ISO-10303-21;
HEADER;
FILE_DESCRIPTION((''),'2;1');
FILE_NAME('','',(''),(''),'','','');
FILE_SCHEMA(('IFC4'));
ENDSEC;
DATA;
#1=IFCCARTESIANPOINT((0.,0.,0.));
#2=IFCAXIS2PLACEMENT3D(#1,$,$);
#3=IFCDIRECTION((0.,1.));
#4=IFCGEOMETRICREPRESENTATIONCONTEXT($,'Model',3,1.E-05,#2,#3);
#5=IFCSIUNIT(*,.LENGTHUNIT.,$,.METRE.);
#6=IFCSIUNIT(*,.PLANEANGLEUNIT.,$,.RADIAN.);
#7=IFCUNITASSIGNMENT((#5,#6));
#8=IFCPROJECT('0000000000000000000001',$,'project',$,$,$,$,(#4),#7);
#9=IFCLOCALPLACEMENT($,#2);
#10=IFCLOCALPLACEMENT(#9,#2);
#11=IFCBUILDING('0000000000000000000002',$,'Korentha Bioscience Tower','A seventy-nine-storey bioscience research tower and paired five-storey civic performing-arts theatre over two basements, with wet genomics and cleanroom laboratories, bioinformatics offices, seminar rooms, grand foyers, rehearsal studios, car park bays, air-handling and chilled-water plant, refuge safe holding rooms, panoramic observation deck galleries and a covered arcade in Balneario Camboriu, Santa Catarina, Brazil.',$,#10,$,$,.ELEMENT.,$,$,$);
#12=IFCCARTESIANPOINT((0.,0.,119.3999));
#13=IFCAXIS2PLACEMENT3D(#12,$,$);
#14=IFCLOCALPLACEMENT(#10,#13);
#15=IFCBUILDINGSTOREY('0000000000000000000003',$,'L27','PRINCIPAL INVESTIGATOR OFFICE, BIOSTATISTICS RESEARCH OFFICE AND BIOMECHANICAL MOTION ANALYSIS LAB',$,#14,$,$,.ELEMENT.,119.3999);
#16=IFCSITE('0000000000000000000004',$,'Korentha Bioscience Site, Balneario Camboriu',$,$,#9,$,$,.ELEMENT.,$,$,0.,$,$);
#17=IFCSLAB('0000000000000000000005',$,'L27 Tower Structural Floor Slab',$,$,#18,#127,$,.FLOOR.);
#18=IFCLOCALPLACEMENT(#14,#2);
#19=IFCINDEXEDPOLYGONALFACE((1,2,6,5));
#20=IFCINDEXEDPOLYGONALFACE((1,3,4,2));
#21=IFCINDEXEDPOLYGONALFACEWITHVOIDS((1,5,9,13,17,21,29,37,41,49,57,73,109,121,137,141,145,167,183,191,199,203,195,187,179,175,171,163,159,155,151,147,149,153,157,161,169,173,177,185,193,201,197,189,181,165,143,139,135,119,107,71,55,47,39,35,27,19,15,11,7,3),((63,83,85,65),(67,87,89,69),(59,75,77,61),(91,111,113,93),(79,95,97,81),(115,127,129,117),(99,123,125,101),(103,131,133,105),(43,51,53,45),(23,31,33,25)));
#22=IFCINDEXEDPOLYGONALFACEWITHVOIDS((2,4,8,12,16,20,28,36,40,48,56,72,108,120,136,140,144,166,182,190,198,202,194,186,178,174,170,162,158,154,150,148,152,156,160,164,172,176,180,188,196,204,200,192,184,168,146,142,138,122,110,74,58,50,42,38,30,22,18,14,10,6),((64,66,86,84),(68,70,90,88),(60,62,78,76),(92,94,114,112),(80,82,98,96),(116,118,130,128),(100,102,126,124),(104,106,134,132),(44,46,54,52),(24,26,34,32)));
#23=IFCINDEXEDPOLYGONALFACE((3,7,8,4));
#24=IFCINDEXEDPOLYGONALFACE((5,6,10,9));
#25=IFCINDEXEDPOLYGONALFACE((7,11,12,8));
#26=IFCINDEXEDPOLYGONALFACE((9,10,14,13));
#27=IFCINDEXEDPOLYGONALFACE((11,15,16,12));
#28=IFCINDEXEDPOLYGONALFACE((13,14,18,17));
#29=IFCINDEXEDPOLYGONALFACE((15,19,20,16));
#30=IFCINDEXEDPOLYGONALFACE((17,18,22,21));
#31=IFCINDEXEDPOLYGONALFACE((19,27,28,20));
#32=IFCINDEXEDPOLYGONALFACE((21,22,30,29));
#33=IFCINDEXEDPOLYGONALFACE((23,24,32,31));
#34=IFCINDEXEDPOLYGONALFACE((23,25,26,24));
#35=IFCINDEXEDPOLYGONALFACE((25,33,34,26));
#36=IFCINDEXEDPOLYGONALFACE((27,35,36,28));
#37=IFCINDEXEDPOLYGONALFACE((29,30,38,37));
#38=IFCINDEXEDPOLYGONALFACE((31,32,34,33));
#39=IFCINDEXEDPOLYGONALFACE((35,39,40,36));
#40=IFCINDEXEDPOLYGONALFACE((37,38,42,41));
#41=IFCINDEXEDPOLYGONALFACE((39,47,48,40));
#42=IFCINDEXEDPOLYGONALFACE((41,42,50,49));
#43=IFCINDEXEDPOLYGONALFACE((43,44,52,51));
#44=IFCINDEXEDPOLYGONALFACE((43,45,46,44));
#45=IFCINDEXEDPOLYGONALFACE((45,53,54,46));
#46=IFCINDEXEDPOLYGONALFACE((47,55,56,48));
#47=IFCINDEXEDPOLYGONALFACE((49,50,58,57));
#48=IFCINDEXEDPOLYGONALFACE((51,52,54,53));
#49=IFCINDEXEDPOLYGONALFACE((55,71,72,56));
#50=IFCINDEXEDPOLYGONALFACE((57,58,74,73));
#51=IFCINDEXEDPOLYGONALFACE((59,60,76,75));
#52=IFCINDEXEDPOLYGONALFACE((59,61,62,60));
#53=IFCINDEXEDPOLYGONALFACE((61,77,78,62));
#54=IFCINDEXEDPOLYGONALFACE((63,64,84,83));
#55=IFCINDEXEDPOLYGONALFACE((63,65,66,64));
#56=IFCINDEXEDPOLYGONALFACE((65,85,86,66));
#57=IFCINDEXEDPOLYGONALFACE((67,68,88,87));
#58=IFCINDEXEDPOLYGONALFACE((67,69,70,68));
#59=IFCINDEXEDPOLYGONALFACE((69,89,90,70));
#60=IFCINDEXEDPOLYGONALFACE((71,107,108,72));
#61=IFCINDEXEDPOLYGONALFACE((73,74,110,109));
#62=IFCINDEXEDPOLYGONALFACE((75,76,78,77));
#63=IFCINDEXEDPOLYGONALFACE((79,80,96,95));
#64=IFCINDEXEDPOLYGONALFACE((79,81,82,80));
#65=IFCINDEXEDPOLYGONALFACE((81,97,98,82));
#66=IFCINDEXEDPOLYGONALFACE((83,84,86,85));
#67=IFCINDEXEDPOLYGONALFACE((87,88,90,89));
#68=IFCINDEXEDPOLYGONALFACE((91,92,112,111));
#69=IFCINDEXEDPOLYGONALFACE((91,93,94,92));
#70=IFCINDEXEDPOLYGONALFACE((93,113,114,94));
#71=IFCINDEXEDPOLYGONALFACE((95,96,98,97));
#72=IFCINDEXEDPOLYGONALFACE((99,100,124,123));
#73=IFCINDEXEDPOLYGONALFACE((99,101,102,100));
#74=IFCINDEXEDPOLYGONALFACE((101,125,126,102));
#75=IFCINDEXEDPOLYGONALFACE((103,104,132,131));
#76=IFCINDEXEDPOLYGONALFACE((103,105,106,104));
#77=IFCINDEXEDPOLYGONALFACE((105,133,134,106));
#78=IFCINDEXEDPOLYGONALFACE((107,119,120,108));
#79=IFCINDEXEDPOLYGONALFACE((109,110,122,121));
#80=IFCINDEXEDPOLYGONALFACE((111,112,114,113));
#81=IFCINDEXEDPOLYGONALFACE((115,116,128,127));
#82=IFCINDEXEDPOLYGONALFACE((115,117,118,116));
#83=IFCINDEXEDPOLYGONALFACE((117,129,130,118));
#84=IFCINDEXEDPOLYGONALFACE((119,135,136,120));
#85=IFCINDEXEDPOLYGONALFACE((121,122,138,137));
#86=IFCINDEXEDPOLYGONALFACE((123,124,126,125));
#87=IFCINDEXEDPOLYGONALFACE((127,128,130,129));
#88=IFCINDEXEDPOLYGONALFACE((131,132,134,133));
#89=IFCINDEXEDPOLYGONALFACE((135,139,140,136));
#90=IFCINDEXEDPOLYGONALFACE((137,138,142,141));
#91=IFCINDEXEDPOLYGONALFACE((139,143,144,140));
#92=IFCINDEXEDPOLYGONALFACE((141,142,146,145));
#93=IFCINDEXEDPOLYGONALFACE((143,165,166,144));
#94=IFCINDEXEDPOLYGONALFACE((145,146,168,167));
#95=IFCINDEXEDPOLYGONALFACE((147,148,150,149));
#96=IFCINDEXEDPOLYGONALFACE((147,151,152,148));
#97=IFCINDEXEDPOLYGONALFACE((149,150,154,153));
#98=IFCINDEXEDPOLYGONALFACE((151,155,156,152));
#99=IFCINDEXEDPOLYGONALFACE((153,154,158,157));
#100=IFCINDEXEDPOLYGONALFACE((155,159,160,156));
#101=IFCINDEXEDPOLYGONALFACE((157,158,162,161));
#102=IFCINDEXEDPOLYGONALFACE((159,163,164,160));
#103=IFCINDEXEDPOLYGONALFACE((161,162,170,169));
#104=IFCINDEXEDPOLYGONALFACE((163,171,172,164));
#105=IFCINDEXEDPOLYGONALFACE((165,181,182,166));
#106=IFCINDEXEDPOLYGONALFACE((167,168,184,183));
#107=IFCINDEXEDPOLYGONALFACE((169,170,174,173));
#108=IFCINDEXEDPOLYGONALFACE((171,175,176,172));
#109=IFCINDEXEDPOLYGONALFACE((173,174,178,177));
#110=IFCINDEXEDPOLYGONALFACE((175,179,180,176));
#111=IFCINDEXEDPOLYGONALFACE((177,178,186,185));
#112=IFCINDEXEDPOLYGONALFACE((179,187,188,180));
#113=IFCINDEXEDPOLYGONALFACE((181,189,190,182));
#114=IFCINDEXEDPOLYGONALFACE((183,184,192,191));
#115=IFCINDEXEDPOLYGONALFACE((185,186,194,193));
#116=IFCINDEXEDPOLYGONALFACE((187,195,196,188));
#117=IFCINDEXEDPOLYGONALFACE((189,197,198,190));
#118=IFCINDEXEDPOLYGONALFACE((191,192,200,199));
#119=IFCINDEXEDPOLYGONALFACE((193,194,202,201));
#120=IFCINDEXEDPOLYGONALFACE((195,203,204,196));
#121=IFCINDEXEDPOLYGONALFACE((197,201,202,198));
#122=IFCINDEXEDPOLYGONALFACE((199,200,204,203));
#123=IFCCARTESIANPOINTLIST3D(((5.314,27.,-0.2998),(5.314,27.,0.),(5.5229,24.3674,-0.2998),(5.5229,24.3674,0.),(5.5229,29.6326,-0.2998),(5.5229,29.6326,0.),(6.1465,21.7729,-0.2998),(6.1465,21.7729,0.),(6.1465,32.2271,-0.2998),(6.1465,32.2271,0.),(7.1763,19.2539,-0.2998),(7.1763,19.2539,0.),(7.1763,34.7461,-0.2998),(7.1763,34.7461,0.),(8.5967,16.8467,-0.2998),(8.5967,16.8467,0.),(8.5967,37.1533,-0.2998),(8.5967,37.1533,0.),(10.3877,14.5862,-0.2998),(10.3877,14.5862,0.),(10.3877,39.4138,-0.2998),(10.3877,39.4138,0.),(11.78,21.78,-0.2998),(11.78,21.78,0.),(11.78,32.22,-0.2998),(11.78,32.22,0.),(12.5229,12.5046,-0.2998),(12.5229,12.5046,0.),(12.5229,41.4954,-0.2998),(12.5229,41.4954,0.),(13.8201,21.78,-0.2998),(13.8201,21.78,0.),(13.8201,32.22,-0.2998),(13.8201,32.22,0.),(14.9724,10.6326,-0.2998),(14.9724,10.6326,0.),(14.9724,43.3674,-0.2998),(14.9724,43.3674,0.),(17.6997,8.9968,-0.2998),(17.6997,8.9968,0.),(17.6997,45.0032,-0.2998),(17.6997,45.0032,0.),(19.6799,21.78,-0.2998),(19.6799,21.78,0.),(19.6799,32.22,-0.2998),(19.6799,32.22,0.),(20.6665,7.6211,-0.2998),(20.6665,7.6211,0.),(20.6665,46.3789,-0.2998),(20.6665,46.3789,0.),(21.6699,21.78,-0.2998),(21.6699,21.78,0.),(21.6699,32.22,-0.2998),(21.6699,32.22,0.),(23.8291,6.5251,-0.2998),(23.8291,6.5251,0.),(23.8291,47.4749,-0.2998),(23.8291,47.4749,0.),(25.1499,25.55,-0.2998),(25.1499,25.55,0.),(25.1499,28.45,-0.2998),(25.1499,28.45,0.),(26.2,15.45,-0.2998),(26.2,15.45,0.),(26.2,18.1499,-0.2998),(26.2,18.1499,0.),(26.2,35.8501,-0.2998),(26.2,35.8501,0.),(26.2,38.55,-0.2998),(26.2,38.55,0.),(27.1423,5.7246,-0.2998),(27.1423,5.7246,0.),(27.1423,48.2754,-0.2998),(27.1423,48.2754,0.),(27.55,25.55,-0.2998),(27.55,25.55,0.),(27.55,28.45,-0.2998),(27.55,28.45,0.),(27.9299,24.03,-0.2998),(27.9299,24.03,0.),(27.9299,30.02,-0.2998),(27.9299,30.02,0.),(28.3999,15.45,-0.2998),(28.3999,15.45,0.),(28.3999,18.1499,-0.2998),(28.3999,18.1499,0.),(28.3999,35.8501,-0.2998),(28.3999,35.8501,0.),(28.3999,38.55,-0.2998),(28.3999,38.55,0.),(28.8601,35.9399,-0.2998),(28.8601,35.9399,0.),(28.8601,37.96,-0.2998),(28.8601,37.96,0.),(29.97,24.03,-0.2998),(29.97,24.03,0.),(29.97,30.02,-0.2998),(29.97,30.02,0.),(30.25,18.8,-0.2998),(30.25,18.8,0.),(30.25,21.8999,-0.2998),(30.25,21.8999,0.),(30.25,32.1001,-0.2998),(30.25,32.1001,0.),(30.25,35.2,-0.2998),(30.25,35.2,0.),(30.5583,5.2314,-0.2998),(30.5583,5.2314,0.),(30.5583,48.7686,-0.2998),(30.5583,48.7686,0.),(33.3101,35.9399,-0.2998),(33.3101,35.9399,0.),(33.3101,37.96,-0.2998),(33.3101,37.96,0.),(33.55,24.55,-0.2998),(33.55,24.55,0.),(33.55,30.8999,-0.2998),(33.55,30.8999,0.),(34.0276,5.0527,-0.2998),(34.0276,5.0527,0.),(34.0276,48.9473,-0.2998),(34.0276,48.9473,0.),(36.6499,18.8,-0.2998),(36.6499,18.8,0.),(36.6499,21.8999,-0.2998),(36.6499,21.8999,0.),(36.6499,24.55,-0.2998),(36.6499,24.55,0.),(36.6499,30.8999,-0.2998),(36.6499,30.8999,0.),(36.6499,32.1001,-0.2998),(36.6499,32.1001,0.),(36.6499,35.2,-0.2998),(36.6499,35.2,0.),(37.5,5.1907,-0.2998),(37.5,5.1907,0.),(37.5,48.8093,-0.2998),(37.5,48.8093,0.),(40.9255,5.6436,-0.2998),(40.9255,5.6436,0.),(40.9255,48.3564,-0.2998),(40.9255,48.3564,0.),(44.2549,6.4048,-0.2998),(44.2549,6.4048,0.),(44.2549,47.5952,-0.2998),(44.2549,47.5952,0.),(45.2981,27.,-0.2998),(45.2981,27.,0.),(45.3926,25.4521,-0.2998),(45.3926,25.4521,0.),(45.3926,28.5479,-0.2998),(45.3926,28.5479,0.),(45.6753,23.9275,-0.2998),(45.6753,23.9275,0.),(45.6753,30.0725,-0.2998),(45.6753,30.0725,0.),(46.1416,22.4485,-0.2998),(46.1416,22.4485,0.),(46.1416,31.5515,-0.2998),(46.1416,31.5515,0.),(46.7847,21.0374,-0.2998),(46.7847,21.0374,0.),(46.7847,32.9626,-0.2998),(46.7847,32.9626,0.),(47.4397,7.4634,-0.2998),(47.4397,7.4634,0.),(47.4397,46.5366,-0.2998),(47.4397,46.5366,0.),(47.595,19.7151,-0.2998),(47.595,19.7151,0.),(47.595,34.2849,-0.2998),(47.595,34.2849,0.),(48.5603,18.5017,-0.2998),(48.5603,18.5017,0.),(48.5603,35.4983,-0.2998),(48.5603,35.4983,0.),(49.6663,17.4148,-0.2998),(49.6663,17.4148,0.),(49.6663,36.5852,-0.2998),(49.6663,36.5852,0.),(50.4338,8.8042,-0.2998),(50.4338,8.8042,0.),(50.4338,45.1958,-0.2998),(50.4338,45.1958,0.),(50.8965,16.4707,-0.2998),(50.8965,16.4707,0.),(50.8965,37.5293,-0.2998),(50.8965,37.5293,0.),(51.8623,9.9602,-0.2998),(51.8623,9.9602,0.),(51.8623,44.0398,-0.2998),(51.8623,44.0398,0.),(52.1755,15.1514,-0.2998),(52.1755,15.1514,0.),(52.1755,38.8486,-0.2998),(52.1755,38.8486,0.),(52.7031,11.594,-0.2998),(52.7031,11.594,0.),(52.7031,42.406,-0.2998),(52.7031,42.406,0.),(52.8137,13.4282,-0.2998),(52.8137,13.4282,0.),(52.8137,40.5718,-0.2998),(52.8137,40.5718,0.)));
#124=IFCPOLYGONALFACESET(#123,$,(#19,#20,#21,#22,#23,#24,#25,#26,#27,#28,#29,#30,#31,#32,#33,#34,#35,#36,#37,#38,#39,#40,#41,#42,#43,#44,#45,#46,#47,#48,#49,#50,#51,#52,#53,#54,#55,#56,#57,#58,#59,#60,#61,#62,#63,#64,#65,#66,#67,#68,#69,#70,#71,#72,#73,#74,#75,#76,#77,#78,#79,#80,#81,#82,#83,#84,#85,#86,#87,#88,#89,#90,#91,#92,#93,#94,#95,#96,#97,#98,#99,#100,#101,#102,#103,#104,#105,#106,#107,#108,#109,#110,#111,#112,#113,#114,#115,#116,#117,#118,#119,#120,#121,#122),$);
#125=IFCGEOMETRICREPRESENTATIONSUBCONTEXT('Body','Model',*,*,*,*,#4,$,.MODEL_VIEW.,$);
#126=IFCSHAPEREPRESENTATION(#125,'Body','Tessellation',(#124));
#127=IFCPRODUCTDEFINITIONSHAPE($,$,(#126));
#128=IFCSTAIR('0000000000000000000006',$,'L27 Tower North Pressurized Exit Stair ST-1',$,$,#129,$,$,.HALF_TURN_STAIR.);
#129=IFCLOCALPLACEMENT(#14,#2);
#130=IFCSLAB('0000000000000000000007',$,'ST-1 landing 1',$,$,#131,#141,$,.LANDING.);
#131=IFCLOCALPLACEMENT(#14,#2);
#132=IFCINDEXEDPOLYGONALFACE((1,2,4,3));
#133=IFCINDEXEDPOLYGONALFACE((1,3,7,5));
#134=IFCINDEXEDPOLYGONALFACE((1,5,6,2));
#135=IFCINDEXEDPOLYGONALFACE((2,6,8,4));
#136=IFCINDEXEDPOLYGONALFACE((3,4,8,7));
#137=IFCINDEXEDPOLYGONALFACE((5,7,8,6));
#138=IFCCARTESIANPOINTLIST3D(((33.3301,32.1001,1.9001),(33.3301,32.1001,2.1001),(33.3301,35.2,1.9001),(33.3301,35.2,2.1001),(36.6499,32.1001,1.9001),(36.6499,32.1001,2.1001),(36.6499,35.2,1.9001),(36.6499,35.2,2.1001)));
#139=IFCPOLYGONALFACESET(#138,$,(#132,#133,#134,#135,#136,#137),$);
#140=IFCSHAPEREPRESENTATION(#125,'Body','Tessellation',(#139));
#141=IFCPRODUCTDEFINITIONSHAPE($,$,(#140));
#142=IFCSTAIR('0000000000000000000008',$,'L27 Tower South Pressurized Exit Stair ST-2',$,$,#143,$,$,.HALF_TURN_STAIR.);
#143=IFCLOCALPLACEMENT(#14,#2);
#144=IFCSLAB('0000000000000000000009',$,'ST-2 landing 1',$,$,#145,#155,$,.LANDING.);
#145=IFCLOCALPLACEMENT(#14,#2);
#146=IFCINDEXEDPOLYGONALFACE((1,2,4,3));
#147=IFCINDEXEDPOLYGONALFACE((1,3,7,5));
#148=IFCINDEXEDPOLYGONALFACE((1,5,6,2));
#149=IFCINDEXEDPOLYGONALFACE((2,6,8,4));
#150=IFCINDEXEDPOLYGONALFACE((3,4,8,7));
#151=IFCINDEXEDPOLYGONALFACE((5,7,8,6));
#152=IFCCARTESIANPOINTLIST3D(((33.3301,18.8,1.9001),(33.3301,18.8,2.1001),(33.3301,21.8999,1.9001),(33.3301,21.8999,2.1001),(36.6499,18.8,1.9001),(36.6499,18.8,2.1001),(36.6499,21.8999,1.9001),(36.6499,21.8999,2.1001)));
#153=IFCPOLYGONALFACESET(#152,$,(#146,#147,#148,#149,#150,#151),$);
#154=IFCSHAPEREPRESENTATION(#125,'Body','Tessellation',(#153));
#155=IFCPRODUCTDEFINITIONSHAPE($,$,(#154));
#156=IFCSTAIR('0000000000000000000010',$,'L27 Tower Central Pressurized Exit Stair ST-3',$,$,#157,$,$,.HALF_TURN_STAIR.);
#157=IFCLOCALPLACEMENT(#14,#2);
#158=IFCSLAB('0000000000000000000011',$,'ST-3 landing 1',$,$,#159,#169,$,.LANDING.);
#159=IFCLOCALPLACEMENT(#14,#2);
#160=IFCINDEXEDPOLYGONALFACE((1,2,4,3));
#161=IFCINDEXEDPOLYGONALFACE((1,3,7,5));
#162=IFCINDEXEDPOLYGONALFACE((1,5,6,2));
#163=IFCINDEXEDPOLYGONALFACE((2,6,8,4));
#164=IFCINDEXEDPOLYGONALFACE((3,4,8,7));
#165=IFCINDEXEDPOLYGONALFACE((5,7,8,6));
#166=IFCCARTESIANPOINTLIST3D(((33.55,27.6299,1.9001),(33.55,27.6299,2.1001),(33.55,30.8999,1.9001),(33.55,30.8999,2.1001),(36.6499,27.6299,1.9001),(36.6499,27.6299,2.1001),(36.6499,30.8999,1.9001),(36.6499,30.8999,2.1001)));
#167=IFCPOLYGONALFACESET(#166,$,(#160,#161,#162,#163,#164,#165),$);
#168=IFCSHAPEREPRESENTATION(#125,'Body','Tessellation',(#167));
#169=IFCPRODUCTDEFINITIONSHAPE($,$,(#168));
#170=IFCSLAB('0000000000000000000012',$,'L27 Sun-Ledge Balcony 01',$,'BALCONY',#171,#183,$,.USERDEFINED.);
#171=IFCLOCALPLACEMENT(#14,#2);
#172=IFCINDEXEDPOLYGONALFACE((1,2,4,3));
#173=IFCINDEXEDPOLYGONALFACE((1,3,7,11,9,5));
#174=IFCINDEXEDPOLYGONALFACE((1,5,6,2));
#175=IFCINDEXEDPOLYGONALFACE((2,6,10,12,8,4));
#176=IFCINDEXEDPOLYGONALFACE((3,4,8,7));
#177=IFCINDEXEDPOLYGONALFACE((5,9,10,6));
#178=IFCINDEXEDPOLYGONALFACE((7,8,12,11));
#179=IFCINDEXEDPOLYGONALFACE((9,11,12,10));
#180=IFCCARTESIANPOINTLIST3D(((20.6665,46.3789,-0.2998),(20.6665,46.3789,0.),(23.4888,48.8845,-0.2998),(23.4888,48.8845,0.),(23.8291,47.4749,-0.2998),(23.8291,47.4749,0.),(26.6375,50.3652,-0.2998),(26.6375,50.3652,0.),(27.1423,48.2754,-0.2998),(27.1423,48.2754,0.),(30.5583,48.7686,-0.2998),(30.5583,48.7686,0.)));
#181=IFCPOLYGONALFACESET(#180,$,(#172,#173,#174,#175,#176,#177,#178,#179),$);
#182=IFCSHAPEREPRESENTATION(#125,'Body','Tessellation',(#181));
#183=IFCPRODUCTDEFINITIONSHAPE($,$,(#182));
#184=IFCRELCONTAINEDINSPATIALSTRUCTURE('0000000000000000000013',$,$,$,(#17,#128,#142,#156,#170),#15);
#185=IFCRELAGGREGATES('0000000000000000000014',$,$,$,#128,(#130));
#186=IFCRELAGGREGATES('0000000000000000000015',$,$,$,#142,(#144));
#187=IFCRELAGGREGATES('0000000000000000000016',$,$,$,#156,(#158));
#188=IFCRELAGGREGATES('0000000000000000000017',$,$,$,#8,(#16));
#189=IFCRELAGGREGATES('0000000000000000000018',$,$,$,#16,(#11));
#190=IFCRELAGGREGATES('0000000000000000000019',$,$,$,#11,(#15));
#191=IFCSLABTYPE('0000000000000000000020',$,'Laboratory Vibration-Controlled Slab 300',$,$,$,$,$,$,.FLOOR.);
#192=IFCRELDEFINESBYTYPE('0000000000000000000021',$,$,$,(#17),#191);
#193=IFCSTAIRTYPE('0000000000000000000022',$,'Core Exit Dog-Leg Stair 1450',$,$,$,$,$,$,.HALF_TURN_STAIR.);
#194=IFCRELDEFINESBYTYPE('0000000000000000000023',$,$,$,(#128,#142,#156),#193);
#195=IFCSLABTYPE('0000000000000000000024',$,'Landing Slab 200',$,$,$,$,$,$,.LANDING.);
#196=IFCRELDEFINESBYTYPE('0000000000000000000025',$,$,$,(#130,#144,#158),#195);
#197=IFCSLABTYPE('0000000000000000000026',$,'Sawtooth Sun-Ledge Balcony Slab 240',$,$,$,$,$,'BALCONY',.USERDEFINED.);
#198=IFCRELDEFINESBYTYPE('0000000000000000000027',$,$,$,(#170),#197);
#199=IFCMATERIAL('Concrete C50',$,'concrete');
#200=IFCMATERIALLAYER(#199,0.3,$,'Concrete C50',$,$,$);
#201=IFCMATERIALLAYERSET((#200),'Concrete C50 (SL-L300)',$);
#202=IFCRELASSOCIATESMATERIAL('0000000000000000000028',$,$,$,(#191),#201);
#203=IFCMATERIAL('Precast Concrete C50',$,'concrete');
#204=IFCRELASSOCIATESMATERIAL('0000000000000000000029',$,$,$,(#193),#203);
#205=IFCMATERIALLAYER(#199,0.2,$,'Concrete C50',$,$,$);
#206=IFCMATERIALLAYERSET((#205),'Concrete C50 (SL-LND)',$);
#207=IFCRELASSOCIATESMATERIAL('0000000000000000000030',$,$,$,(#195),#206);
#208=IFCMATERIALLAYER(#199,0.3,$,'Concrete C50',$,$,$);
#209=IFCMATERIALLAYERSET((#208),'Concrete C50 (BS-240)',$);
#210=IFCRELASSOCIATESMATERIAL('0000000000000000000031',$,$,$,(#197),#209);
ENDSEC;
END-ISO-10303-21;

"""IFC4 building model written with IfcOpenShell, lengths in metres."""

from ifc_helpers import new_model, si_unit, direction, frame, origin, place, context, subcontext, project, spatial, polyline, outline, extrude, material, layer, layer_set, type_object, element, aggregate, save


model = new_model("IFC4")

# Units and contexts
model_context = context("Model", 3, precision=1e-05, world=origin(), true_north=direction((0.0, 1.0)))
body_context = subcontext(model_context, "Body", "Model", "MODEL_VIEW")
ifc_project = project(units=[si_unit("LENGTHUNIT", "METRE"), si_unit("PLANEANGLEUNIT", "RADIAN")], contexts=[model_context])

# Site, building, storey
site_placement = place(None, origin())
site = spatial("IfcSite", under=ifc_project, at=site_placement, Name="Korentha Bioscience Site, Balneario Camboriu", CompositionType="ELEMENT", RefElevation=0.0)
building_placement = place(site_placement, origin())
building = spatial("IfcBuilding", under=site, at=building_placement, Name="Korentha Bioscience Tower", Description="A seventy-nine-storey bioscience research tower and paired five-storey civic performing-arts theatre over two basements, with wet genomics and cleanroom laboratories, bioinformatics offices, seminar rooms, grand foyers, rehearsal studios, car park bays, air-handling and chilled-water plant, refuge safe holding rooms, panoramic observation deck galleries and a covered arcade in Balneario Camboriu, Santa Catarina, Brazil.", CompositionType="ELEMENT")
storey_placement = place(building_placement, frame((0.0, 0.0, 119.3999)))
storey = spatial("IfcBuildingStorey", under=building, at=storey_placement, Name="L27", Description="PRINCIPAL INVESTIGATOR OFFICE, BIOSTATISTICS RESEARCH OFFICE AND BIOMECHANICAL MOTION ANALYSIS LAB", CompositionType="ELEMENT", Elevation=119.3999)

# Slab
ifc_material_1 = material(Name="Concrete C50", Category="concrete")
ifc_layer_1 = layer(ifc_material_1, 0.3, Name="Concrete C50")
ifc_layer_set_1 = layer_set([ifc_layer_1], Name="Concrete C50 (SL-L300)")
slab_type_1 = type_object("IfcSlabType", Name="Laboratory Vibration-Controlled Slab 300", PredefinedType="FLOOR", material=ifc_layer_set_1)
slab_1_placement = place(storey_placement, frame((0.0, 0.0, -0.2998)))
element("IfcSlab", 1, at=slab_1_placement, inside=storey, type_object=slab_type_1, Name="L27 Tower Structural Floor Slab", PredefinedType="FLOOR", context=body_context, shape_type="SweptSolid", body=[
    extrude(outline(polyline([(50.4338, 45.1958), (47.4397, 46.5366), (44.2549, 47.5952), (40.9255, 48.3564), (37.5, 48.8093), (34.0276, 48.9473), (30.5583, 48.7686), (27.1423, 48.2754), (23.8291, 47.4749), (20.6665, 46.3789), (17.6997, 45.0032), (14.9724, 43.3674), (12.5229, 41.4954), (10.3877, 39.4138), (8.5967, 37.1533), (7.1763, 34.7461), (6.1465, 32.2271), (5.5229, 29.6326), (5.314, 27.0), (5.5229, 24.3674), (6.1465, 21.7729), (7.1763, 19.2539), (8.5967, 16.8467), (10.3877, 14.5862), (12.5229, 12.5046), (14.9724, 10.6326), (17.6997, 8.9968), (20.6665, 7.6211), (23.8291, 6.5251), (27.1423, 5.7246), (30.5583, 5.2314), (34.0276, 5.0527), (37.5, 5.1907), (40.9255, 5.6436), (44.2549, 6.4048), (47.4397, 7.4634), (50.4338, 8.8042), (51.8623, 9.9602), (52.7031, 11.594), (52.8137, 13.4282), (52.1755, 15.1514), (50.8965, 16.4707), (49.6663, 17.4148), (48.5603, 18.5017), (47.595, 19.7151), (46.7847, 21.0374), (46.1416, 22.4485), (45.6753, 23.9275), (45.3926, 25.4521), (45.2981, 27.0), (45.3926, 28.5479), (45.6753, 30.0725), (46.1416, 31.5515), (46.7847, 32.9626), (47.595, 34.2849), (48.5603, 35.4983), (49.6663, 36.5852), (50.8965, 37.5293), (52.1755, 38.8486), (52.8137, 40.5718), (52.7031, 42.406), (51.8623, 44.0398), (50.4338, 45.1958)]), holes=[polyline([(30.25, 32.1001), (36.6499, 32.1001), (36.6499, 35.2), (30.25, 35.2), (30.25, 32.1001)]), polyline([(30.25, 18.8), (36.6499, 18.8), (36.6499, 21.8999), (30.25, 21.8999), (30.25, 18.8)]), polyline([(36.6499, 24.55), (36.6499, 30.8999), (33.55, 30.8999), (33.55, 24.55), (36.6499, 24.55)]), polyline([(11.78, 21.78), (13.8201, 21.78), (13.8201, 32.22), (11.78, 32.22), (11.78, 21.78)]), polyline([(19.6799, 21.78), (21.6699, 21.78), (21.6699, 32.22), (19.6799, 32.22), (19.6799, 21.78)]), polyline([(27.9299, 24.03), (29.97, 24.03), (29.97, 30.02), (27.9299, 30.02), (27.9299, 24.03)]), polyline([(28.8601, 35.9399), (33.3101, 35.9399), (33.3101, 37.96), (28.8601, 37.96), (28.8601, 35.9399)]), polyline([(26.2, 15.45), (28.3999, 15.45), (28.3999, 18.1499), (26.2, 18.1499), (26.2, 15.45)]), polyline([(26.2, 35.8501), (28.3999, 35.8501), (28.3999, 38.55), (26.2, 38.55), (26.2, 35.8501)]), polyline([(25.1499, 25.55), (27.55, 25.55), (27.55, 28.45), (25.1499, 28.45), (25.1499, 25.55)])]), origin(), (0.0, 0.0, 1.0), 0.2998),
])

# Stairs, slabs
ifc_material_2 = material(Name="Precast Concrete C50", Category="concrete")
stair_type = type_object("IfcStairType", Name="Core Exit Dog-Leg Stair 1450", PredefinedType="HALF_TURN_STAIR", material=ifc_material_2)
stair_1_placement = place(storey_placement, origin())
stair_1 = element("IfcStair", 2, at=stair_1_placement, inside=storey, type_object=stair_type, Name="L27 Tower North Pressurized Exit Stair ST-1", PredefinedType="HALF_TURN_STAIR")
ifc_layer_2 = layer(ifc_material_1, 0.2, Name="Concrete C50")
ifc_layer_set_2 = layer_set([ifc_layer_2], Name="Concrete C50 (SL-LND)")
slab_type_2 = type_object("IfcSlabType", Name="Landing Slab 200", PredefinedType="LANDING", material=ifc_layer_set_2)
slab_2_placement = place(storey_placement, frame((0.0, 0.0, 1.9001)))
slab_2 = element("IfcSlab", 3, at=slab_2_placement, type_object=slab_type_2, Name="ST-1 landing 1", PredefinedType="LANDING", context=body_context, shape_type="SweptSolid", body=[
    extrude(outline(polyline([(33.3301, 32.1001), (36.6499, 32.1001), (36.6499, 35.2), (33.3301, 35.2), (33.3301, 32.1001)])), origin(), (0.0, 0.0, 1.0), 0.2),
])
aggregate(stair_1, [slab_2])
stair_2_placement = place(storey_placement, origin())
stair_2 = element("IfcStair", 4, at=stair_2_placement, inside=storey, type_object=stair_type, Name="L27 Tower South Pressurized Exit Stair ST-2", PredefinedType="HALF_TURN_STAIR")
slab_3_placement = place(storey_placement, frame((0.0, 0.0, 1.9001)))
slab_3 = element("IfcSlab", 5, at=slab_3_placement, type_object=slab_type_2, Name="ST-2 landing 1", PredefinedType="LANDING", context=body_context, shape_type="SweptSolid", body=[
    extrude(outline(polyline([(33.3301, 18.8), (36.6499, 18.8), (36.6499, 21.8999), (33.3301, 21.8999), (33.3301, 18.8)])), origin(), (0.0, 0.0, 1.0), 0.2),
])
aggregate(stair_2, [slab_3])
stair_3_placement = place(storey_placement, origin())
stair_3 = element("IfcStair", 6, at=stair_3_placement, inside=storey, type_object=stair_type, Name="L27 Tower Central Pressurized Exit Stair ST-3", PredefinedType="HALF_TURN_STAIR")
slab_4_placement = place(storey_placement, frame((0.0, 0.0, 1.9001)))
slab_4 = element("IfcSlab", 7, at=slab_4_placement, type_object=slab_type_2, Name="ST-3 landing 1", PredefinedType="LANDING", context=body_context, shape_type="SweptSolid", body=[
    extrude(outline(polyline([(36.6499, 27.6299), (36.6499, 30.8999), (33.55, 30.8999), (33.55, 27.6299), (36.6499, 27.6299)])), origin(), (0.0, 0.0, 1.0), 0.2),
])
aggregate(stair_3, [slab_4])

# Slab
ifc_layer_3 = layer(ifc_material_1, 0.3, Name="Concrete C50")
ifc_layer_set_3 = layer_set([ifc_layer_3], Name="Concrete C50 (BS-240)")
slab_type_3 = type_object("IfcSlabType", Name="Sawtooth Sun-Ledge Balcony Slab 240", ElementType="BALCONY", PredefinedType="USERDEFINED", material=ifc_layer_set_3)
slab_5_placement = place(storey_placement, frame((0.0, 0.0, -0.2998)))
element("IfcSlab", 8, at=slab_5_placement, inside=storey, type_object=slab_type_3, Name="L27 Sun-Ledge Balcony 01", ObjectType="BALCONY", PredefinedType="USERDEFINED", context=body_context, shape_type="SweptSolid", body=[
    extrude(outline(polyline([(20.6665, 46.3789), (23.8291, 47.4749), (27.1423, 48.2754), (30.5583, 48.7686), (26.6375, 50.3652), (23.4888, 48.8845), (20.6665, 46.3789)])), origin(), (0.0, 0.0, 1.0), 0.2998),
])

save(model, "model.ifc")
